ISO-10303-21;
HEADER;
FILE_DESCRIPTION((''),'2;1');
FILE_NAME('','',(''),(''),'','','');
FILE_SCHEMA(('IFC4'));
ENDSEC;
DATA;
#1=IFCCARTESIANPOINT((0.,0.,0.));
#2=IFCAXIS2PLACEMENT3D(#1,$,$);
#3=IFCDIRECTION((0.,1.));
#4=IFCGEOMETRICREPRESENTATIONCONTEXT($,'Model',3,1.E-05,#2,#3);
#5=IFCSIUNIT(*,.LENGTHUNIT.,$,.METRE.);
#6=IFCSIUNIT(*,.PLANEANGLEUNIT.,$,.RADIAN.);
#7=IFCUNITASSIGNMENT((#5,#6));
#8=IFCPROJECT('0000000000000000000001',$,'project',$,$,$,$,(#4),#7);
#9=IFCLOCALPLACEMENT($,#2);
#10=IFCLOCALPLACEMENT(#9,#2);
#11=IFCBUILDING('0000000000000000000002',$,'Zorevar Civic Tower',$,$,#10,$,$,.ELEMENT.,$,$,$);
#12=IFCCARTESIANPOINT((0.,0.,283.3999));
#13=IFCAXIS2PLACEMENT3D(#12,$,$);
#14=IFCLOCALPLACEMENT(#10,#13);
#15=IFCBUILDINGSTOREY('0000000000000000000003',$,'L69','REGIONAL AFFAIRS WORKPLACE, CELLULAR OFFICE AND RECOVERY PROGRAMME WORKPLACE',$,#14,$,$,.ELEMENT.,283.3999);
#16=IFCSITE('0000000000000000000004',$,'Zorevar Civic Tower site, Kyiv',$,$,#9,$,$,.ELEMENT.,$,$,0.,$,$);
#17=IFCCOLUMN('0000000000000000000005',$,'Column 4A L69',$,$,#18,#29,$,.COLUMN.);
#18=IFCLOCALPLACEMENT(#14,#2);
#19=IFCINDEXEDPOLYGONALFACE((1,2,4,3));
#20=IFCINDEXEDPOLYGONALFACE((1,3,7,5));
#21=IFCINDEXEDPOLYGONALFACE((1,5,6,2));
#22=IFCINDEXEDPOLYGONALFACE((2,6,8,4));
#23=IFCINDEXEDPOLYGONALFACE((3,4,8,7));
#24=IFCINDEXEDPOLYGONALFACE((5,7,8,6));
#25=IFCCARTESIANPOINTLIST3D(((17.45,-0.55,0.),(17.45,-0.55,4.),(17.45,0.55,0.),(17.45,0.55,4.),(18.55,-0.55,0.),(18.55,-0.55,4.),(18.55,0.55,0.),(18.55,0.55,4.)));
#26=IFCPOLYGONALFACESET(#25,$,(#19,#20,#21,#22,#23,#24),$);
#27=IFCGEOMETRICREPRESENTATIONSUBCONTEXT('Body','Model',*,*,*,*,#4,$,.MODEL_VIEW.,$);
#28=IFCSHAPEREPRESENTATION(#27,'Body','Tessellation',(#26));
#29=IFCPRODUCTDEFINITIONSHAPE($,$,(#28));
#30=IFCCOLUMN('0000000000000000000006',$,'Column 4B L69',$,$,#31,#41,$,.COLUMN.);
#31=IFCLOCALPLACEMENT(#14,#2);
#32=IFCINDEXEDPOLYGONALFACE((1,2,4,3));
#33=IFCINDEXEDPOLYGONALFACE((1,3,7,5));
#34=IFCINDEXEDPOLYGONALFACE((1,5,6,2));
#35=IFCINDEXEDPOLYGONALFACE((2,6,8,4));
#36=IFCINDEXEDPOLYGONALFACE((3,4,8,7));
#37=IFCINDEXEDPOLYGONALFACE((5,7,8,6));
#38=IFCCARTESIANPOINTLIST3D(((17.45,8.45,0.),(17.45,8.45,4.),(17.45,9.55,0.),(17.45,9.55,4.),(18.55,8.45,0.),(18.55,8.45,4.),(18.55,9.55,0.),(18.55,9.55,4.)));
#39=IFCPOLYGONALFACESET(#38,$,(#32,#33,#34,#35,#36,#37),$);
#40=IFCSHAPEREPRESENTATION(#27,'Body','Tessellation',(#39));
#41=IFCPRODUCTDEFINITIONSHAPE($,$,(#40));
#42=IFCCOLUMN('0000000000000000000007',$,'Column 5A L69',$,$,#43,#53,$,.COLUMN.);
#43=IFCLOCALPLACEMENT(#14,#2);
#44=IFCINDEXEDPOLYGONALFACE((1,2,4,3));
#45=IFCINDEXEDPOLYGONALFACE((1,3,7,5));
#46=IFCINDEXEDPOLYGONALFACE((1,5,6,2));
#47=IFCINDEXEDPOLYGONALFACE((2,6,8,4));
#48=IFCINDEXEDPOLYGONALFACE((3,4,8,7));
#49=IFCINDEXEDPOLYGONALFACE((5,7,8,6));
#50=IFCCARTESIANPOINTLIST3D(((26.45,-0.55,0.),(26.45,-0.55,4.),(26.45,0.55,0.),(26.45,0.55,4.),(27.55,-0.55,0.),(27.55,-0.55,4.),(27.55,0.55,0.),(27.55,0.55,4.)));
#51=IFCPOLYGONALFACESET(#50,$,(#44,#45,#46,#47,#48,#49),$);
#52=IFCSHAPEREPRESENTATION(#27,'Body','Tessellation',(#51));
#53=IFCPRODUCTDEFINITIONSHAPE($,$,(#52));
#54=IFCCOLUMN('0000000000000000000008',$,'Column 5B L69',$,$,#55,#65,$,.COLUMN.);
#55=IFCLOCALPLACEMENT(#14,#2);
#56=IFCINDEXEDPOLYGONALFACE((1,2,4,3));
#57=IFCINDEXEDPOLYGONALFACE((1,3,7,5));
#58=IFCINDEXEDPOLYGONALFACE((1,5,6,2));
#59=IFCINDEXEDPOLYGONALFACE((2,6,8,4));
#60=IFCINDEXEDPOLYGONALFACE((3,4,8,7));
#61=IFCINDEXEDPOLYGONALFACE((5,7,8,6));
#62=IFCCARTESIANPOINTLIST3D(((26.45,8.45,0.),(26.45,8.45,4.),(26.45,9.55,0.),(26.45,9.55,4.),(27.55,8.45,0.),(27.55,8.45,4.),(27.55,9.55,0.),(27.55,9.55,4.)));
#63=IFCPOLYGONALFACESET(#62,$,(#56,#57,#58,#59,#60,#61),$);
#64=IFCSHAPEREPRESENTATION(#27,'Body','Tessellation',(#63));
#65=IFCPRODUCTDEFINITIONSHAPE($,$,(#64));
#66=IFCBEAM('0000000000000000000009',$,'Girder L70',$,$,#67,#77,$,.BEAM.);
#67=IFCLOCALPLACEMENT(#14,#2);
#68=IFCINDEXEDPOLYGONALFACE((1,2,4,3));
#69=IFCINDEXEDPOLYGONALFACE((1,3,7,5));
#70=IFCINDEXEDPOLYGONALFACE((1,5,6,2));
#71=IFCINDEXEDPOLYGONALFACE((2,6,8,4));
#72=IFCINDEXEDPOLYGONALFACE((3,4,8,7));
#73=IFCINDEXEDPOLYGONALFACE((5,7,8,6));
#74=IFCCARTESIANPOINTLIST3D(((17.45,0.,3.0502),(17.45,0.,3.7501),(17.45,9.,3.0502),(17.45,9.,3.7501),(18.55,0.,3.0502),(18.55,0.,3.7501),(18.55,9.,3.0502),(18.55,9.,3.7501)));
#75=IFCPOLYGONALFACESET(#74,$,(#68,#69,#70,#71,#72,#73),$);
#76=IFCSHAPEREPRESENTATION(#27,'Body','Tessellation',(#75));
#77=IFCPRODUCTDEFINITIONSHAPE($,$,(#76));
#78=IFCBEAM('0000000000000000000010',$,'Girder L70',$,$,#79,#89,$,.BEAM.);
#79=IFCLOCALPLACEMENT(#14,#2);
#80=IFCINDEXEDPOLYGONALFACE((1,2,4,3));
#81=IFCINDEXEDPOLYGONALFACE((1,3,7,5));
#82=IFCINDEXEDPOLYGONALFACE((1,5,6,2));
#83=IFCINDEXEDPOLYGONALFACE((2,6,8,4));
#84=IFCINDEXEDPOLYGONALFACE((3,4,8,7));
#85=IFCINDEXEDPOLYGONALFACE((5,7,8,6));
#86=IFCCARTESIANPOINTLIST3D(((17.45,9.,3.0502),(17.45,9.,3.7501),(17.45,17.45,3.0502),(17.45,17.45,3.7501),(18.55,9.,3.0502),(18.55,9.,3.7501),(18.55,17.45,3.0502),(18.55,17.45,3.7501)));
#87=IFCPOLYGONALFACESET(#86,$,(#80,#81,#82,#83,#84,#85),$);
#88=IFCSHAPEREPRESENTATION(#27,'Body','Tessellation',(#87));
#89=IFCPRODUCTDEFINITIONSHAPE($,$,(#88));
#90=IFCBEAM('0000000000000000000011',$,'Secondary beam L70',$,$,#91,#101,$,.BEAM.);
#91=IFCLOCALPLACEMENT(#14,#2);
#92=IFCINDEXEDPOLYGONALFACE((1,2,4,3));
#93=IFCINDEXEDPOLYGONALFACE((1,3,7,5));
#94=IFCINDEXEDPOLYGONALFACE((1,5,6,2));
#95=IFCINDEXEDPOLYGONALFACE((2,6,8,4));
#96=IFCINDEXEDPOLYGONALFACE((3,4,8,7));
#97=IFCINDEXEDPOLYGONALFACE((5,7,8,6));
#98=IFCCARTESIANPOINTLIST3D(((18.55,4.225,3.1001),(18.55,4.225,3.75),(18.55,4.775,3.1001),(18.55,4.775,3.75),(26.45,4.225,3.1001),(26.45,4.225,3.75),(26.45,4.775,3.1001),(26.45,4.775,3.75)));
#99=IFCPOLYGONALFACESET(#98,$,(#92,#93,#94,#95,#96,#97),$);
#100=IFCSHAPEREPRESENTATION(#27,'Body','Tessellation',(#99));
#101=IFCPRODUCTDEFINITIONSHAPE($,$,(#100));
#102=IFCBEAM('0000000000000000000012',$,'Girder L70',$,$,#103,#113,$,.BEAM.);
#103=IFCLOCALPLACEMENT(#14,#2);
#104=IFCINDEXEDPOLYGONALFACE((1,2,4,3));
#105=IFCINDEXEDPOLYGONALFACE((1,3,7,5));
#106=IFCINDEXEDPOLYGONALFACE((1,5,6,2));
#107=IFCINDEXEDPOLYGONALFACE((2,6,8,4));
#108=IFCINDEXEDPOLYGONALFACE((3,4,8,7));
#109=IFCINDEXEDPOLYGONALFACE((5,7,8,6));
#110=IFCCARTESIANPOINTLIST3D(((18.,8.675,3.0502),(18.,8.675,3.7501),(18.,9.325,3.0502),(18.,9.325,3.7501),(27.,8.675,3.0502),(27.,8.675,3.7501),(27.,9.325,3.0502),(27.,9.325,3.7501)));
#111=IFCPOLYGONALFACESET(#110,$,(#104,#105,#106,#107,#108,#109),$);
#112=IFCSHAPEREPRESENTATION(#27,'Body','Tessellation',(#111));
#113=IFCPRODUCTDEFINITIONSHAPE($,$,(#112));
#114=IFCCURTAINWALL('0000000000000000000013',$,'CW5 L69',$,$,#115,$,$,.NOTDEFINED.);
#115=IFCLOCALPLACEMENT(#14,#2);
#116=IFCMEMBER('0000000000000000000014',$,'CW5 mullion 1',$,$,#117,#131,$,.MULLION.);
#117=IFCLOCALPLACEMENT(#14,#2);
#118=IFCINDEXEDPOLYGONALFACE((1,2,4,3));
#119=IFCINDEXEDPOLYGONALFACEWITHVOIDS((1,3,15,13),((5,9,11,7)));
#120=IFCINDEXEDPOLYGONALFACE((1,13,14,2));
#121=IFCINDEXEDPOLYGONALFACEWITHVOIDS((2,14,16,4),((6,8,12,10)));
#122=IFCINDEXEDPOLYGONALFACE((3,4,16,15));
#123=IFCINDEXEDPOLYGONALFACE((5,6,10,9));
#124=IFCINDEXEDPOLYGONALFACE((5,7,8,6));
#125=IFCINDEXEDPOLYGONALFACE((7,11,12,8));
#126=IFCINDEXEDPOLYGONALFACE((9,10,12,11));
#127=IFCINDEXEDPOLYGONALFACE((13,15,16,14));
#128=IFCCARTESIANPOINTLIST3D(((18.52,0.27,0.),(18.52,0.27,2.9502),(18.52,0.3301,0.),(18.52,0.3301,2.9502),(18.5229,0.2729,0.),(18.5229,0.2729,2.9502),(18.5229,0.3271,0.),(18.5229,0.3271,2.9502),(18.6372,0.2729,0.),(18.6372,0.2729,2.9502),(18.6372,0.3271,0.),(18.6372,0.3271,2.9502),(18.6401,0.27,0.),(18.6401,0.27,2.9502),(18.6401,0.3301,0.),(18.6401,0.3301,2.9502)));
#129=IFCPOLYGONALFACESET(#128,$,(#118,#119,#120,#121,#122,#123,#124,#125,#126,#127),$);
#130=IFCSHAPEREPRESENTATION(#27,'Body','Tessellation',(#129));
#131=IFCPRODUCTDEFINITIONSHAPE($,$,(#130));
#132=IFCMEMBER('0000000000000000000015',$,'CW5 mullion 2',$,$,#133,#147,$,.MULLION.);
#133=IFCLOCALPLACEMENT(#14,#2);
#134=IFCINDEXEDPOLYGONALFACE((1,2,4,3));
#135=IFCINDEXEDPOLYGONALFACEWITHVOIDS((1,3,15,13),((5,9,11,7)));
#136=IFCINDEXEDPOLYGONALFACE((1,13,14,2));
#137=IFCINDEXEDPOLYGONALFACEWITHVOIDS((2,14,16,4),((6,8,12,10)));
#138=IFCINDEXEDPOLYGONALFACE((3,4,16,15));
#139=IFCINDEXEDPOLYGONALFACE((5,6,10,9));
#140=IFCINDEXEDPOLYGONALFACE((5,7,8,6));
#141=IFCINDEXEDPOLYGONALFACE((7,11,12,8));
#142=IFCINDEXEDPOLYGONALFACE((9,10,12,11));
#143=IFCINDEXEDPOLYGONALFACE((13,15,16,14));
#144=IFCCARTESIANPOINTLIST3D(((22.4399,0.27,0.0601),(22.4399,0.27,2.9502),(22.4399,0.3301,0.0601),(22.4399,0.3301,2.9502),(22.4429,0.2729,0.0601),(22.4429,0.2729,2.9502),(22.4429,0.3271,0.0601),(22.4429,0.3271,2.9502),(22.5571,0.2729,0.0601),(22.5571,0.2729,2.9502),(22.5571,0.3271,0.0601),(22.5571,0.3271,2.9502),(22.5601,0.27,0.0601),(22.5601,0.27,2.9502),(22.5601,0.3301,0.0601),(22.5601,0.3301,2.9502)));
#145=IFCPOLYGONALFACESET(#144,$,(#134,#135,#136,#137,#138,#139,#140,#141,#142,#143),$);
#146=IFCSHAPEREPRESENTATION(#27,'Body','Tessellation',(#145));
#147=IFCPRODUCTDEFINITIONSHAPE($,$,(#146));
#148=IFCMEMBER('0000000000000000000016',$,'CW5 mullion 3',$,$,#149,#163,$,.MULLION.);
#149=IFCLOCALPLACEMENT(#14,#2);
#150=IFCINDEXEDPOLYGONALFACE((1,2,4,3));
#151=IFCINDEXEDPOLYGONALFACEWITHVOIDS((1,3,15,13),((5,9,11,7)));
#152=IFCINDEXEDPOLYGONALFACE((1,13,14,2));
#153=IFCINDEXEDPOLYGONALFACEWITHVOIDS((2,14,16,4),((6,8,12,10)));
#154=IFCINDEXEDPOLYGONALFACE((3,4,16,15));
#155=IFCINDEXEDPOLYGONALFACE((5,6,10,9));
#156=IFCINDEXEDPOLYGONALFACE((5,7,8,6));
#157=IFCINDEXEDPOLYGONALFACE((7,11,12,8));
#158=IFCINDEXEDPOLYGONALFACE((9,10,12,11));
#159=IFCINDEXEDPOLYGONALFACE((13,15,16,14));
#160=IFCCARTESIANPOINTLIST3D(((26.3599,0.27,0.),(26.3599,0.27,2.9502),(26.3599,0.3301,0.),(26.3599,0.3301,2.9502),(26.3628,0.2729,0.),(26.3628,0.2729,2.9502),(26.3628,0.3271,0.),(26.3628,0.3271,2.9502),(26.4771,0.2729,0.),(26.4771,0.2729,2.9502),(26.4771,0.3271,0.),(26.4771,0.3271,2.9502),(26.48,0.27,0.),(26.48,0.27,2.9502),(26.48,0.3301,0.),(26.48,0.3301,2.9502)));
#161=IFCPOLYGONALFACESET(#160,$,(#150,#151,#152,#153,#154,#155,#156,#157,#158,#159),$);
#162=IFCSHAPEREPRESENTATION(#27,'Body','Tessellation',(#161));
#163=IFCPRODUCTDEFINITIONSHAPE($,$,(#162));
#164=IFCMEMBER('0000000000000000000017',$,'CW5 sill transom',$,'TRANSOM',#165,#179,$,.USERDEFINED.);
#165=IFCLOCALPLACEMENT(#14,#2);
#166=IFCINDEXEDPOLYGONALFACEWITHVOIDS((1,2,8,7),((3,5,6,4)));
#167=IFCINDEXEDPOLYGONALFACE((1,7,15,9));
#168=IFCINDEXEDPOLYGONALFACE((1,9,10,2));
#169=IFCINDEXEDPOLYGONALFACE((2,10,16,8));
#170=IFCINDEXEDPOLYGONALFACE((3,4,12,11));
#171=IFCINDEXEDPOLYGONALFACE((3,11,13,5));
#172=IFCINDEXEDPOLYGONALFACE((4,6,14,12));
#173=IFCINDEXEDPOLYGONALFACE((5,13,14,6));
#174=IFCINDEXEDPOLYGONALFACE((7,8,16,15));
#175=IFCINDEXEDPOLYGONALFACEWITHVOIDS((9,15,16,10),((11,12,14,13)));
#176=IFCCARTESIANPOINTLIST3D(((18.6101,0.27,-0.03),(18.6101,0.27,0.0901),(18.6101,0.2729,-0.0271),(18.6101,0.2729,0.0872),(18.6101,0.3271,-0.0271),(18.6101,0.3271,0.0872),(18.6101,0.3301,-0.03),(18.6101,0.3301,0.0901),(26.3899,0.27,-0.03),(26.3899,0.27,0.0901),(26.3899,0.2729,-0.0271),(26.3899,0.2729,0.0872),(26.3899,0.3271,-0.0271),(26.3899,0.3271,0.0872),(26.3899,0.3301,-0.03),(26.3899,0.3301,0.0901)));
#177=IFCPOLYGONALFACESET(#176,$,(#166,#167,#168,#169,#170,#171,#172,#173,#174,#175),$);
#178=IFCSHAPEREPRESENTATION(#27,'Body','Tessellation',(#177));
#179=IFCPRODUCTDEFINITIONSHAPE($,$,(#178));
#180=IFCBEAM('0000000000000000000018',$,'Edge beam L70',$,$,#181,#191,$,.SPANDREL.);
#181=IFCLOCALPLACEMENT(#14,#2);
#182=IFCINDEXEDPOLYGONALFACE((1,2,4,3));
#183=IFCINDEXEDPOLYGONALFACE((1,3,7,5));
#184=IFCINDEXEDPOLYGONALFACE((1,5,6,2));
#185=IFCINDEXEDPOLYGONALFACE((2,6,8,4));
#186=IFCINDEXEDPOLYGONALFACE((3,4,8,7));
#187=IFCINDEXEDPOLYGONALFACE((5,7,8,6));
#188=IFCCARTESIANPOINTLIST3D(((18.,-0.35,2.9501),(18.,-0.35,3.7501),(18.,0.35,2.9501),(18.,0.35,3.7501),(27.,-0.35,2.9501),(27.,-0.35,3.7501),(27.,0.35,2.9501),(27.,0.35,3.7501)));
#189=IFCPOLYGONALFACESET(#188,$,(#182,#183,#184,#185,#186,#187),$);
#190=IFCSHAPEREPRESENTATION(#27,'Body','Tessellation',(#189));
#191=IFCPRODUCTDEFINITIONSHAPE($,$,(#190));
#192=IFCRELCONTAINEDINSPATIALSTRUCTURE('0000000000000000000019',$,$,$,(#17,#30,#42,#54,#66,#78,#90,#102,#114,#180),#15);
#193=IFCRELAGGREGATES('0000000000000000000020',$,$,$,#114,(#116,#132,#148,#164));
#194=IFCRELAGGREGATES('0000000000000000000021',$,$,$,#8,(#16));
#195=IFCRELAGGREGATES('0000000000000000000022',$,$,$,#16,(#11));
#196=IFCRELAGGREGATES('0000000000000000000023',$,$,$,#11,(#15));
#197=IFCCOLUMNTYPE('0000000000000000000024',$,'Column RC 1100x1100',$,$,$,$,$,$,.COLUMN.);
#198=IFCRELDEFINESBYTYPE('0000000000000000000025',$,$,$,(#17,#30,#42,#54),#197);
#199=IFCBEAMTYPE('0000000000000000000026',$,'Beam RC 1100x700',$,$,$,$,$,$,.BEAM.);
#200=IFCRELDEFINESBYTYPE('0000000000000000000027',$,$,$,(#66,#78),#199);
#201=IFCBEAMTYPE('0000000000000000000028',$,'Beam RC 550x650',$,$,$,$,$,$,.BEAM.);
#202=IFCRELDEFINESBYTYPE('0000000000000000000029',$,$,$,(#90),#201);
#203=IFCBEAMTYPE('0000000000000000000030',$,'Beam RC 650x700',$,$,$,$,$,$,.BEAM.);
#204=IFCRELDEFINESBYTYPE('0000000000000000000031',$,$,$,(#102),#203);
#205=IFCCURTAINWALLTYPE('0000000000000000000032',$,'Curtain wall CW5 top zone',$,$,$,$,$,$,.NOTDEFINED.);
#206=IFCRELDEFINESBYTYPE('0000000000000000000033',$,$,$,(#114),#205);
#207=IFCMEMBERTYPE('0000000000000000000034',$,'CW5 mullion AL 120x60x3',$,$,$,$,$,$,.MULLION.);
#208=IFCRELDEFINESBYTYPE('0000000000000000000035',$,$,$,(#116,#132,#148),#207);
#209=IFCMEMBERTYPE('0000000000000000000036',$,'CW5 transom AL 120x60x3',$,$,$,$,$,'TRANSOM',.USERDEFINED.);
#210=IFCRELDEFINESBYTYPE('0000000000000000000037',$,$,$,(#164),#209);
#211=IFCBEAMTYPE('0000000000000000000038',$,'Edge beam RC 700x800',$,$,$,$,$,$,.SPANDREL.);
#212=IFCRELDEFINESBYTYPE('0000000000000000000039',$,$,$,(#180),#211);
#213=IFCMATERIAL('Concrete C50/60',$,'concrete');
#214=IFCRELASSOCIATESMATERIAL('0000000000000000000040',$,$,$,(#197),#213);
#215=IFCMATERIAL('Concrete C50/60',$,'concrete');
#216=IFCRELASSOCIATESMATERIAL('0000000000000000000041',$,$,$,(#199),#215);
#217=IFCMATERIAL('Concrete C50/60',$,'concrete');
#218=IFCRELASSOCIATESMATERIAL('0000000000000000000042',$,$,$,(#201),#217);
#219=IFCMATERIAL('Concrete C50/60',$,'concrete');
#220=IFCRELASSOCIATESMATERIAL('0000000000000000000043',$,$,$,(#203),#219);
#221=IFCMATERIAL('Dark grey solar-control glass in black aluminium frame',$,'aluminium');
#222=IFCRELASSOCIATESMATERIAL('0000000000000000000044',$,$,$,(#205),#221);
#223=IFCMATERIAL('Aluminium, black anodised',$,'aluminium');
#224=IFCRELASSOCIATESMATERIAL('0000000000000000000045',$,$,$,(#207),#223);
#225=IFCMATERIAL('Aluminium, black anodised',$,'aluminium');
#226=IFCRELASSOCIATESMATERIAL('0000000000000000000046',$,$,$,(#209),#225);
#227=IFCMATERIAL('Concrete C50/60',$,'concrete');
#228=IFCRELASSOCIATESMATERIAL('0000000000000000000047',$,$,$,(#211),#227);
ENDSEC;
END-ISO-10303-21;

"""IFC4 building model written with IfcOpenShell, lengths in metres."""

from ifc_helpers import new_model, si_unit, direction, frame, origin, origin_2d, place, context, subcontext, project, spatial, rectangle, hollow_rectangle, extrude, material, material_profile, profile_set, type_object, element, aggregate, save


model = new_model("IFC4")

# Units and contexts
model_context = context("Model", 3, precision=1e-05, world=origin(), true_north=direction((0.0, 1.0)))
body_context = subcontext(model_context, "Body", "Model", "MODEL_VIEW")
ifc_project = project(units=[si_unit("LENGTHUNIT", "METRE"), si_unit("PLANEANGLEUNIT", "RADIAN")], contexts=[model_context])

# Site, building, storey
site_placement = place(None, origin())
site = spatial("IfcSite", under=ifc_project, at=site_placement, Name="Zorevar Civic Tower site, Kyiv", CompositionType="ELEMENT", RefElevation=0.0)
building_placement = place(site_placement, origin())
building = spatial("IfcBuilding", under=site, at=building_placement, Name="Zorevar Civic Tower", CompositionType="ELEMENT")
storey_placement = place(building_placement, frame((0.0, 0.0, 283.3999)))
storey = spatial("IfcBuildingStorey", under=building, at=storey_placement, Name="L69", Description="REGIONAL AFFAIRS WORKPLACE, CELLULAR OFFICE AND RECOVERY PROGRAMME WORKPLACE", CompositionType="ELEMENT", Elevation=283.3999)

# Columns
ifc_material_1 = material(Name="Concrete C50/60", Category="concrete")
ifc_material_profile_1 = material_profile(ifc_material_1, rectangle(XDim=1.1001, YDim=1.1001, at=origin_2d()), Name="RC 1100x1100")
ifc_profile_set_1 = profile_set([ifc_material_profile_1], Name="Concrete C50/60")
column_type = type_object("IfcColumnType", Name="Column RC 1100x1100", PredefinedType="COLUMN", material=ifc_profile_set_1)
for number, where, z_axis, x_axis, name in (
    (1, (18.0, 0.0, 0.0), (0.0, 0.0, 1.0), (1.0, 0.0, 0.0), "Column 4A L69"),
    (2, (18.0, 9.0, 0.0), (0.0, 0.0, 1.0), (1.0, 0.0, 0.0), "Column 4B L69"),
    (3, (27.0, 0.0, 0.0), (0.0, 0.0, 1.0), (1.0, 0.0, 0.0), "Column 5A L69"),
    (4, (27.0, 9.0, 0.0), (0.0, 0.0, 1.0), (1.0, 0.0, 0.0), "Column 5B L69"),
):
    element("IfcColumn", number, at=place(storey_placement, frame(where, z_axis=z_axis, x_axis=x_axis)), inside=storey, type_object=column_type, Name=name, PredefinedType="COLUMN", context=body_context, shape_type="SweptSolid", body=[
        extrude(rectangle(XDim=1.1001, YDim=1.1001, at=origin_2d()), origin(), (0.0, 0.0, 1.0), 4.0),
    ])

# Beams
ifc_material_2 = material(Name="Concrete C50/60", Category="concrete")
ifc_material_profile_2 = material_profile(ifc_material_2, rectangle(XDim=1.1001, YDim=0.7, at=origin_2d()), Name="RC 1100x700")
ifc_profile_set_2 = profile_set([ifc_material_profile_2], Name="Concrete C50/60")
beam_type_1 = type_object("IfcBeamType", Name="Beam RC 1100x700", PredefinedType="BEAM", material=ifc_profile_set_2)
beam_1_placement = place(storey_placement, frame((18.0, 0.0, 3.4001), z_axis=(0.0, 1.0, 0.0), x_axis=(-1.0, 0.0, 0.0)))
element("IfcBeam", 5, at=beam_1_placement, inside=storey, type_object=beam_type_1, Name="Girder L70", PredefinedType="BEAM", context=body_context, shape_type="SweptSolid", body=[
    extrude(rectangle(XDim=1.1001, YDim=0.7, at=origin_2d()), origin(), (0.0, 0.0, 1.0), 9.0),
])
beam_2_placement = place(storey_placement, frame((18.0, 9.0, 3.4001), z_axis=(0.0, 1.0, 0.0), x_axis=(-1.0, 0.0, 0.0)))
element("IfcBeam", 6, at=beam_2_placement, inside=storey, type_object=beam_type_1, Name="Girder L70", PredefinedType="BEAM", context=body_context, shape_type="SweptSolid", body=[
    extrude(rectangle(XDim=1.1001, YDim=0.7, at=origin_2d()), origin(), (0.0, 0.0, 1.0), 8.45),
])
ifc_material_3 = material(Name="Concrete C50/60", Category="concrete")
ifc_material_profile_3 = material_profile(ifc_material_3, rectangle(XDim=0.55, YDim=0.6499, at=origin_2d()), Name="RC 550x650")
ifc_profile_set_3 = profile_set([ifc_material_profile_3], Name="Concrete C50/60")
beam_type_2 = type_object("IfcBeamType", Name="Beam RC 550x650", PredefinedType="BEAM", material=ifc_profile_set_3)
beam_3_placement = place(storey_placement, frame((18.55, 4.5, 3.425), z_axis=(1.0, 0.0, 0.0), x_axis=(0.0, 1.0, 0.0)))
element("IfcBeam", 7, at=beam_3_placement, inside=storey, type_object=beam_type_2, Name="Secondary beam L70", PredefinedType="BEAM", context=body_context, shape_type="SweptSolid", body=[
    extrude(rectangle(XDim=0.55, YDim=0.6499, at=origin_2d()), origin(), (0.0, 0.0, 1.0), 7.8999),
])
ifc_material_4 = material(Name="Concrete C50/60", Category="concrete")
ifc_material_profile_4 = material_profile(ifc_material_4, rectangle(XDim=0.6499, YDim=0.7, at=origin_2d()), Name="RC 650x700")
ifc_profile_set_4 = profile_set([ifc_material_profile_4], Name="Concrete C50/60")
beam_type_3 = type_object("IfcBeamType", Name="Beam RC 650x700", PredefinedType="BEAM", material=ifc_profile_set_4)
beam_4_placement = place(storey_placement, frame((18.0, 9.0, 3.4001), z_axis=(1.0, 0.0, 0.0), x_axis=(0.0, 1.0, 0.0)))
element("IfcBeam", 8, at=beam_4_placement, inside=storey, type_object=beam_type_3, Name="Girder L70", PredefinedType="BEAM", context=body_context, shape_type="SweptSolid", body=[
    extrude(rectangle(XDim=0.6499, YDim=0.7, at=origin_2d()), origin(), (0.0, 0.0, 1.0), 9.0),
])

# Curtain wall, members
ifc_material_5 = material(Name="Dark grey solar-control glass in black aluminium frame", Category="aluminium")
curtain_wall_type = type_object("IfcCurtainWallType", Name="Curtain wall CW5 top zone", PredefinedType="NOTDEFINED", material=ifc_material_5)
curtain_wall_placement = place(storey_placement, origin())
curtain_wall = element("IfcCurtainWall", 9, at=curtain_wall_placement, inside=storey, type_object=curtain_wall_type, Name="CW5 L69", PredefinedType="NOTDEFINED")
ifc_material_6 = material(Name="Aluminium, black anodised", Category="aluminium")
ifc_material_profile_5 = material_profile(ifc_material_6, hollow_rectangle(XDim=0.0601, YDim=0.1201, WallThickness=0.0029, at=origin_2d()), Name="AL 120x60x3")
ifc_profile_set_5 = profile_set([ifc_material_profile_5], Name="Aluminium, black anodised")
member_type_1 = type_object("IfcMemberType", Name="CW5 mullion AL 120x60x3", PredefinedType="MULLION", material=ifc_profile_set_5)
member_1_placement = place(storey_placement, frame((18.5801, 0.3, 0.0), z_axis=(0.0, 0.0, 1.0), x_axis=(0.0, 1.0, 0.0)))
member_1 = element("IfcMember", 10, at=member_1_placement, type_object=member_type_1, Name="CW5 mullion 1", PredefinedType="MULLION", context=body_context, shape_type="SweptSolid", body=[
    extrude(hollow_rectangle(XDim=0.0601, YDim=0.1201, WallThickness=0.0029, at=origin_2d()), origin(), (0.0, 0.0, 1.0), 2.9502),
])
member_2_placement = place(storey_placement, frame((22.5, 0.3, 0.0601), z_axis=(0.0, 0.0, 1.0), x_axis=(0.0, 1.0, 0.0)))
member_2 = element("IfcMember", 11, at=member_2_placement, type_object=member_type_1, Name="CW5 mullion 2", PredefinedType="MULLION", context=body_context, shape_type="SweptSolid", body=[
    extrude(hollow_rectangle(XDim=0.0601, YDim=0.1201, WallThickness=0.0029, at=origin_2d()), origin(), (0.0, 0.0, 1.0), 2.8901),
])
member_3_placement = place(storey_placement, frame((26.4199, 0.3, 0.0), z_axis=(0.0, 0.0, 1.0), x_axis=(0.0, 1.0, 0.0)))
member_3 = element("IfcMember", 12, at=member_3_placement, type_object=member_type_1, Name="CW5 mullion 3", PredefinedType="MULLION", context=body_context, shape_type="SweptSolid", body=[
    extrude(hollow_rectangle(XDim=0.0601, YDim=0.1201, WallThickness=0.0029, at=origin_2d()), origin(), (0.0, 0.0, 1.0), 2.9502),
])
ifc_material_7 = material(Name="Aluminium, black anodised", Category="aluminium")
ifc_material_profile_6 = material_profile(ifc_material_7, hollow_rectangle(XDim=0.0601, YDim=0.1201, WallThickness=0.0029, at=origin_2d()), Name="AL 120x60x3")
ifc_profile_set_6 = profile_set([ifc_material_profile_6], Name="Aluminium, black anodised")
member_type_2 = type_object("IfcMemberType", Name="CW5 transom AL 120x60x3", ElementType="TRANSOM", PredefinedType="USERDEFINED", material=ifc_profile_set_6)
member_4_placement = place(storey_placement, frame((18.6101, 0.3, 0.03), z_axis=(1.0, 0.0, 0.0), x_axis=(0.0, 1.0, 0.0)))
member_4 = element("IfcMember", 13, at=member_4_placement, type_object=member_type_2, Name="CW5 sill transom", ObjectType="TRANSOM", PredefinedType="USERDEFINED", context=body_context, shape_type="SweptSolid", body=[
    extrude(hollow_rectangle(XDim=0.0601, YDim=0.1201, WallThickness=0.0029, at=origin_2d()), origin(), (0.0, 0.0, 1.0), 7.7798),
])

# Beam
ifc_material_8 = material(Name="Concrete C50/60", Category="concrete")
ifc_material_profile_7 = material_profile(ifc_material_8, rectangle(XDim=0.7, YDim=0.8, at=origin_2d()), Name="RC 700x800")
ifc_profile_set_7 = profile_set([ifc_material_profile_7], Name="Concrete C50/60")
beam_type_4 = type_object("IfcBeamType", Name="Edge beam RC 700x800", PredefinedType="SPANDREL", material=ifc_profile_set_7)
for number, where, z_axis, x_axis, name in (
    (14, (18.0, 0.0, 3.3501), (1.0, 0.0, 0.0), (0.0, 1.0, 0.0), "Edge beam L70"),
):
    element("IfcBeam", number, at=place(storey_placement, frame(where, z_axis=z_axis, x_axis=x_axis)), inside=storey, type_object=beam_type_4, Name=name, PredefinedType="SPANDREL", context=body_context, shape_type="SweptSolid", body=[
        extrude(rectangle(XDim=0.7, YDim=0.8, at=origin_2d()), origin(), (0.0, 0.0, 1.0), 9.0),
    ])

aggregate(curtain_wall, [member_1, member_2, member_3, member_4])

save(model, "model.ifc")
